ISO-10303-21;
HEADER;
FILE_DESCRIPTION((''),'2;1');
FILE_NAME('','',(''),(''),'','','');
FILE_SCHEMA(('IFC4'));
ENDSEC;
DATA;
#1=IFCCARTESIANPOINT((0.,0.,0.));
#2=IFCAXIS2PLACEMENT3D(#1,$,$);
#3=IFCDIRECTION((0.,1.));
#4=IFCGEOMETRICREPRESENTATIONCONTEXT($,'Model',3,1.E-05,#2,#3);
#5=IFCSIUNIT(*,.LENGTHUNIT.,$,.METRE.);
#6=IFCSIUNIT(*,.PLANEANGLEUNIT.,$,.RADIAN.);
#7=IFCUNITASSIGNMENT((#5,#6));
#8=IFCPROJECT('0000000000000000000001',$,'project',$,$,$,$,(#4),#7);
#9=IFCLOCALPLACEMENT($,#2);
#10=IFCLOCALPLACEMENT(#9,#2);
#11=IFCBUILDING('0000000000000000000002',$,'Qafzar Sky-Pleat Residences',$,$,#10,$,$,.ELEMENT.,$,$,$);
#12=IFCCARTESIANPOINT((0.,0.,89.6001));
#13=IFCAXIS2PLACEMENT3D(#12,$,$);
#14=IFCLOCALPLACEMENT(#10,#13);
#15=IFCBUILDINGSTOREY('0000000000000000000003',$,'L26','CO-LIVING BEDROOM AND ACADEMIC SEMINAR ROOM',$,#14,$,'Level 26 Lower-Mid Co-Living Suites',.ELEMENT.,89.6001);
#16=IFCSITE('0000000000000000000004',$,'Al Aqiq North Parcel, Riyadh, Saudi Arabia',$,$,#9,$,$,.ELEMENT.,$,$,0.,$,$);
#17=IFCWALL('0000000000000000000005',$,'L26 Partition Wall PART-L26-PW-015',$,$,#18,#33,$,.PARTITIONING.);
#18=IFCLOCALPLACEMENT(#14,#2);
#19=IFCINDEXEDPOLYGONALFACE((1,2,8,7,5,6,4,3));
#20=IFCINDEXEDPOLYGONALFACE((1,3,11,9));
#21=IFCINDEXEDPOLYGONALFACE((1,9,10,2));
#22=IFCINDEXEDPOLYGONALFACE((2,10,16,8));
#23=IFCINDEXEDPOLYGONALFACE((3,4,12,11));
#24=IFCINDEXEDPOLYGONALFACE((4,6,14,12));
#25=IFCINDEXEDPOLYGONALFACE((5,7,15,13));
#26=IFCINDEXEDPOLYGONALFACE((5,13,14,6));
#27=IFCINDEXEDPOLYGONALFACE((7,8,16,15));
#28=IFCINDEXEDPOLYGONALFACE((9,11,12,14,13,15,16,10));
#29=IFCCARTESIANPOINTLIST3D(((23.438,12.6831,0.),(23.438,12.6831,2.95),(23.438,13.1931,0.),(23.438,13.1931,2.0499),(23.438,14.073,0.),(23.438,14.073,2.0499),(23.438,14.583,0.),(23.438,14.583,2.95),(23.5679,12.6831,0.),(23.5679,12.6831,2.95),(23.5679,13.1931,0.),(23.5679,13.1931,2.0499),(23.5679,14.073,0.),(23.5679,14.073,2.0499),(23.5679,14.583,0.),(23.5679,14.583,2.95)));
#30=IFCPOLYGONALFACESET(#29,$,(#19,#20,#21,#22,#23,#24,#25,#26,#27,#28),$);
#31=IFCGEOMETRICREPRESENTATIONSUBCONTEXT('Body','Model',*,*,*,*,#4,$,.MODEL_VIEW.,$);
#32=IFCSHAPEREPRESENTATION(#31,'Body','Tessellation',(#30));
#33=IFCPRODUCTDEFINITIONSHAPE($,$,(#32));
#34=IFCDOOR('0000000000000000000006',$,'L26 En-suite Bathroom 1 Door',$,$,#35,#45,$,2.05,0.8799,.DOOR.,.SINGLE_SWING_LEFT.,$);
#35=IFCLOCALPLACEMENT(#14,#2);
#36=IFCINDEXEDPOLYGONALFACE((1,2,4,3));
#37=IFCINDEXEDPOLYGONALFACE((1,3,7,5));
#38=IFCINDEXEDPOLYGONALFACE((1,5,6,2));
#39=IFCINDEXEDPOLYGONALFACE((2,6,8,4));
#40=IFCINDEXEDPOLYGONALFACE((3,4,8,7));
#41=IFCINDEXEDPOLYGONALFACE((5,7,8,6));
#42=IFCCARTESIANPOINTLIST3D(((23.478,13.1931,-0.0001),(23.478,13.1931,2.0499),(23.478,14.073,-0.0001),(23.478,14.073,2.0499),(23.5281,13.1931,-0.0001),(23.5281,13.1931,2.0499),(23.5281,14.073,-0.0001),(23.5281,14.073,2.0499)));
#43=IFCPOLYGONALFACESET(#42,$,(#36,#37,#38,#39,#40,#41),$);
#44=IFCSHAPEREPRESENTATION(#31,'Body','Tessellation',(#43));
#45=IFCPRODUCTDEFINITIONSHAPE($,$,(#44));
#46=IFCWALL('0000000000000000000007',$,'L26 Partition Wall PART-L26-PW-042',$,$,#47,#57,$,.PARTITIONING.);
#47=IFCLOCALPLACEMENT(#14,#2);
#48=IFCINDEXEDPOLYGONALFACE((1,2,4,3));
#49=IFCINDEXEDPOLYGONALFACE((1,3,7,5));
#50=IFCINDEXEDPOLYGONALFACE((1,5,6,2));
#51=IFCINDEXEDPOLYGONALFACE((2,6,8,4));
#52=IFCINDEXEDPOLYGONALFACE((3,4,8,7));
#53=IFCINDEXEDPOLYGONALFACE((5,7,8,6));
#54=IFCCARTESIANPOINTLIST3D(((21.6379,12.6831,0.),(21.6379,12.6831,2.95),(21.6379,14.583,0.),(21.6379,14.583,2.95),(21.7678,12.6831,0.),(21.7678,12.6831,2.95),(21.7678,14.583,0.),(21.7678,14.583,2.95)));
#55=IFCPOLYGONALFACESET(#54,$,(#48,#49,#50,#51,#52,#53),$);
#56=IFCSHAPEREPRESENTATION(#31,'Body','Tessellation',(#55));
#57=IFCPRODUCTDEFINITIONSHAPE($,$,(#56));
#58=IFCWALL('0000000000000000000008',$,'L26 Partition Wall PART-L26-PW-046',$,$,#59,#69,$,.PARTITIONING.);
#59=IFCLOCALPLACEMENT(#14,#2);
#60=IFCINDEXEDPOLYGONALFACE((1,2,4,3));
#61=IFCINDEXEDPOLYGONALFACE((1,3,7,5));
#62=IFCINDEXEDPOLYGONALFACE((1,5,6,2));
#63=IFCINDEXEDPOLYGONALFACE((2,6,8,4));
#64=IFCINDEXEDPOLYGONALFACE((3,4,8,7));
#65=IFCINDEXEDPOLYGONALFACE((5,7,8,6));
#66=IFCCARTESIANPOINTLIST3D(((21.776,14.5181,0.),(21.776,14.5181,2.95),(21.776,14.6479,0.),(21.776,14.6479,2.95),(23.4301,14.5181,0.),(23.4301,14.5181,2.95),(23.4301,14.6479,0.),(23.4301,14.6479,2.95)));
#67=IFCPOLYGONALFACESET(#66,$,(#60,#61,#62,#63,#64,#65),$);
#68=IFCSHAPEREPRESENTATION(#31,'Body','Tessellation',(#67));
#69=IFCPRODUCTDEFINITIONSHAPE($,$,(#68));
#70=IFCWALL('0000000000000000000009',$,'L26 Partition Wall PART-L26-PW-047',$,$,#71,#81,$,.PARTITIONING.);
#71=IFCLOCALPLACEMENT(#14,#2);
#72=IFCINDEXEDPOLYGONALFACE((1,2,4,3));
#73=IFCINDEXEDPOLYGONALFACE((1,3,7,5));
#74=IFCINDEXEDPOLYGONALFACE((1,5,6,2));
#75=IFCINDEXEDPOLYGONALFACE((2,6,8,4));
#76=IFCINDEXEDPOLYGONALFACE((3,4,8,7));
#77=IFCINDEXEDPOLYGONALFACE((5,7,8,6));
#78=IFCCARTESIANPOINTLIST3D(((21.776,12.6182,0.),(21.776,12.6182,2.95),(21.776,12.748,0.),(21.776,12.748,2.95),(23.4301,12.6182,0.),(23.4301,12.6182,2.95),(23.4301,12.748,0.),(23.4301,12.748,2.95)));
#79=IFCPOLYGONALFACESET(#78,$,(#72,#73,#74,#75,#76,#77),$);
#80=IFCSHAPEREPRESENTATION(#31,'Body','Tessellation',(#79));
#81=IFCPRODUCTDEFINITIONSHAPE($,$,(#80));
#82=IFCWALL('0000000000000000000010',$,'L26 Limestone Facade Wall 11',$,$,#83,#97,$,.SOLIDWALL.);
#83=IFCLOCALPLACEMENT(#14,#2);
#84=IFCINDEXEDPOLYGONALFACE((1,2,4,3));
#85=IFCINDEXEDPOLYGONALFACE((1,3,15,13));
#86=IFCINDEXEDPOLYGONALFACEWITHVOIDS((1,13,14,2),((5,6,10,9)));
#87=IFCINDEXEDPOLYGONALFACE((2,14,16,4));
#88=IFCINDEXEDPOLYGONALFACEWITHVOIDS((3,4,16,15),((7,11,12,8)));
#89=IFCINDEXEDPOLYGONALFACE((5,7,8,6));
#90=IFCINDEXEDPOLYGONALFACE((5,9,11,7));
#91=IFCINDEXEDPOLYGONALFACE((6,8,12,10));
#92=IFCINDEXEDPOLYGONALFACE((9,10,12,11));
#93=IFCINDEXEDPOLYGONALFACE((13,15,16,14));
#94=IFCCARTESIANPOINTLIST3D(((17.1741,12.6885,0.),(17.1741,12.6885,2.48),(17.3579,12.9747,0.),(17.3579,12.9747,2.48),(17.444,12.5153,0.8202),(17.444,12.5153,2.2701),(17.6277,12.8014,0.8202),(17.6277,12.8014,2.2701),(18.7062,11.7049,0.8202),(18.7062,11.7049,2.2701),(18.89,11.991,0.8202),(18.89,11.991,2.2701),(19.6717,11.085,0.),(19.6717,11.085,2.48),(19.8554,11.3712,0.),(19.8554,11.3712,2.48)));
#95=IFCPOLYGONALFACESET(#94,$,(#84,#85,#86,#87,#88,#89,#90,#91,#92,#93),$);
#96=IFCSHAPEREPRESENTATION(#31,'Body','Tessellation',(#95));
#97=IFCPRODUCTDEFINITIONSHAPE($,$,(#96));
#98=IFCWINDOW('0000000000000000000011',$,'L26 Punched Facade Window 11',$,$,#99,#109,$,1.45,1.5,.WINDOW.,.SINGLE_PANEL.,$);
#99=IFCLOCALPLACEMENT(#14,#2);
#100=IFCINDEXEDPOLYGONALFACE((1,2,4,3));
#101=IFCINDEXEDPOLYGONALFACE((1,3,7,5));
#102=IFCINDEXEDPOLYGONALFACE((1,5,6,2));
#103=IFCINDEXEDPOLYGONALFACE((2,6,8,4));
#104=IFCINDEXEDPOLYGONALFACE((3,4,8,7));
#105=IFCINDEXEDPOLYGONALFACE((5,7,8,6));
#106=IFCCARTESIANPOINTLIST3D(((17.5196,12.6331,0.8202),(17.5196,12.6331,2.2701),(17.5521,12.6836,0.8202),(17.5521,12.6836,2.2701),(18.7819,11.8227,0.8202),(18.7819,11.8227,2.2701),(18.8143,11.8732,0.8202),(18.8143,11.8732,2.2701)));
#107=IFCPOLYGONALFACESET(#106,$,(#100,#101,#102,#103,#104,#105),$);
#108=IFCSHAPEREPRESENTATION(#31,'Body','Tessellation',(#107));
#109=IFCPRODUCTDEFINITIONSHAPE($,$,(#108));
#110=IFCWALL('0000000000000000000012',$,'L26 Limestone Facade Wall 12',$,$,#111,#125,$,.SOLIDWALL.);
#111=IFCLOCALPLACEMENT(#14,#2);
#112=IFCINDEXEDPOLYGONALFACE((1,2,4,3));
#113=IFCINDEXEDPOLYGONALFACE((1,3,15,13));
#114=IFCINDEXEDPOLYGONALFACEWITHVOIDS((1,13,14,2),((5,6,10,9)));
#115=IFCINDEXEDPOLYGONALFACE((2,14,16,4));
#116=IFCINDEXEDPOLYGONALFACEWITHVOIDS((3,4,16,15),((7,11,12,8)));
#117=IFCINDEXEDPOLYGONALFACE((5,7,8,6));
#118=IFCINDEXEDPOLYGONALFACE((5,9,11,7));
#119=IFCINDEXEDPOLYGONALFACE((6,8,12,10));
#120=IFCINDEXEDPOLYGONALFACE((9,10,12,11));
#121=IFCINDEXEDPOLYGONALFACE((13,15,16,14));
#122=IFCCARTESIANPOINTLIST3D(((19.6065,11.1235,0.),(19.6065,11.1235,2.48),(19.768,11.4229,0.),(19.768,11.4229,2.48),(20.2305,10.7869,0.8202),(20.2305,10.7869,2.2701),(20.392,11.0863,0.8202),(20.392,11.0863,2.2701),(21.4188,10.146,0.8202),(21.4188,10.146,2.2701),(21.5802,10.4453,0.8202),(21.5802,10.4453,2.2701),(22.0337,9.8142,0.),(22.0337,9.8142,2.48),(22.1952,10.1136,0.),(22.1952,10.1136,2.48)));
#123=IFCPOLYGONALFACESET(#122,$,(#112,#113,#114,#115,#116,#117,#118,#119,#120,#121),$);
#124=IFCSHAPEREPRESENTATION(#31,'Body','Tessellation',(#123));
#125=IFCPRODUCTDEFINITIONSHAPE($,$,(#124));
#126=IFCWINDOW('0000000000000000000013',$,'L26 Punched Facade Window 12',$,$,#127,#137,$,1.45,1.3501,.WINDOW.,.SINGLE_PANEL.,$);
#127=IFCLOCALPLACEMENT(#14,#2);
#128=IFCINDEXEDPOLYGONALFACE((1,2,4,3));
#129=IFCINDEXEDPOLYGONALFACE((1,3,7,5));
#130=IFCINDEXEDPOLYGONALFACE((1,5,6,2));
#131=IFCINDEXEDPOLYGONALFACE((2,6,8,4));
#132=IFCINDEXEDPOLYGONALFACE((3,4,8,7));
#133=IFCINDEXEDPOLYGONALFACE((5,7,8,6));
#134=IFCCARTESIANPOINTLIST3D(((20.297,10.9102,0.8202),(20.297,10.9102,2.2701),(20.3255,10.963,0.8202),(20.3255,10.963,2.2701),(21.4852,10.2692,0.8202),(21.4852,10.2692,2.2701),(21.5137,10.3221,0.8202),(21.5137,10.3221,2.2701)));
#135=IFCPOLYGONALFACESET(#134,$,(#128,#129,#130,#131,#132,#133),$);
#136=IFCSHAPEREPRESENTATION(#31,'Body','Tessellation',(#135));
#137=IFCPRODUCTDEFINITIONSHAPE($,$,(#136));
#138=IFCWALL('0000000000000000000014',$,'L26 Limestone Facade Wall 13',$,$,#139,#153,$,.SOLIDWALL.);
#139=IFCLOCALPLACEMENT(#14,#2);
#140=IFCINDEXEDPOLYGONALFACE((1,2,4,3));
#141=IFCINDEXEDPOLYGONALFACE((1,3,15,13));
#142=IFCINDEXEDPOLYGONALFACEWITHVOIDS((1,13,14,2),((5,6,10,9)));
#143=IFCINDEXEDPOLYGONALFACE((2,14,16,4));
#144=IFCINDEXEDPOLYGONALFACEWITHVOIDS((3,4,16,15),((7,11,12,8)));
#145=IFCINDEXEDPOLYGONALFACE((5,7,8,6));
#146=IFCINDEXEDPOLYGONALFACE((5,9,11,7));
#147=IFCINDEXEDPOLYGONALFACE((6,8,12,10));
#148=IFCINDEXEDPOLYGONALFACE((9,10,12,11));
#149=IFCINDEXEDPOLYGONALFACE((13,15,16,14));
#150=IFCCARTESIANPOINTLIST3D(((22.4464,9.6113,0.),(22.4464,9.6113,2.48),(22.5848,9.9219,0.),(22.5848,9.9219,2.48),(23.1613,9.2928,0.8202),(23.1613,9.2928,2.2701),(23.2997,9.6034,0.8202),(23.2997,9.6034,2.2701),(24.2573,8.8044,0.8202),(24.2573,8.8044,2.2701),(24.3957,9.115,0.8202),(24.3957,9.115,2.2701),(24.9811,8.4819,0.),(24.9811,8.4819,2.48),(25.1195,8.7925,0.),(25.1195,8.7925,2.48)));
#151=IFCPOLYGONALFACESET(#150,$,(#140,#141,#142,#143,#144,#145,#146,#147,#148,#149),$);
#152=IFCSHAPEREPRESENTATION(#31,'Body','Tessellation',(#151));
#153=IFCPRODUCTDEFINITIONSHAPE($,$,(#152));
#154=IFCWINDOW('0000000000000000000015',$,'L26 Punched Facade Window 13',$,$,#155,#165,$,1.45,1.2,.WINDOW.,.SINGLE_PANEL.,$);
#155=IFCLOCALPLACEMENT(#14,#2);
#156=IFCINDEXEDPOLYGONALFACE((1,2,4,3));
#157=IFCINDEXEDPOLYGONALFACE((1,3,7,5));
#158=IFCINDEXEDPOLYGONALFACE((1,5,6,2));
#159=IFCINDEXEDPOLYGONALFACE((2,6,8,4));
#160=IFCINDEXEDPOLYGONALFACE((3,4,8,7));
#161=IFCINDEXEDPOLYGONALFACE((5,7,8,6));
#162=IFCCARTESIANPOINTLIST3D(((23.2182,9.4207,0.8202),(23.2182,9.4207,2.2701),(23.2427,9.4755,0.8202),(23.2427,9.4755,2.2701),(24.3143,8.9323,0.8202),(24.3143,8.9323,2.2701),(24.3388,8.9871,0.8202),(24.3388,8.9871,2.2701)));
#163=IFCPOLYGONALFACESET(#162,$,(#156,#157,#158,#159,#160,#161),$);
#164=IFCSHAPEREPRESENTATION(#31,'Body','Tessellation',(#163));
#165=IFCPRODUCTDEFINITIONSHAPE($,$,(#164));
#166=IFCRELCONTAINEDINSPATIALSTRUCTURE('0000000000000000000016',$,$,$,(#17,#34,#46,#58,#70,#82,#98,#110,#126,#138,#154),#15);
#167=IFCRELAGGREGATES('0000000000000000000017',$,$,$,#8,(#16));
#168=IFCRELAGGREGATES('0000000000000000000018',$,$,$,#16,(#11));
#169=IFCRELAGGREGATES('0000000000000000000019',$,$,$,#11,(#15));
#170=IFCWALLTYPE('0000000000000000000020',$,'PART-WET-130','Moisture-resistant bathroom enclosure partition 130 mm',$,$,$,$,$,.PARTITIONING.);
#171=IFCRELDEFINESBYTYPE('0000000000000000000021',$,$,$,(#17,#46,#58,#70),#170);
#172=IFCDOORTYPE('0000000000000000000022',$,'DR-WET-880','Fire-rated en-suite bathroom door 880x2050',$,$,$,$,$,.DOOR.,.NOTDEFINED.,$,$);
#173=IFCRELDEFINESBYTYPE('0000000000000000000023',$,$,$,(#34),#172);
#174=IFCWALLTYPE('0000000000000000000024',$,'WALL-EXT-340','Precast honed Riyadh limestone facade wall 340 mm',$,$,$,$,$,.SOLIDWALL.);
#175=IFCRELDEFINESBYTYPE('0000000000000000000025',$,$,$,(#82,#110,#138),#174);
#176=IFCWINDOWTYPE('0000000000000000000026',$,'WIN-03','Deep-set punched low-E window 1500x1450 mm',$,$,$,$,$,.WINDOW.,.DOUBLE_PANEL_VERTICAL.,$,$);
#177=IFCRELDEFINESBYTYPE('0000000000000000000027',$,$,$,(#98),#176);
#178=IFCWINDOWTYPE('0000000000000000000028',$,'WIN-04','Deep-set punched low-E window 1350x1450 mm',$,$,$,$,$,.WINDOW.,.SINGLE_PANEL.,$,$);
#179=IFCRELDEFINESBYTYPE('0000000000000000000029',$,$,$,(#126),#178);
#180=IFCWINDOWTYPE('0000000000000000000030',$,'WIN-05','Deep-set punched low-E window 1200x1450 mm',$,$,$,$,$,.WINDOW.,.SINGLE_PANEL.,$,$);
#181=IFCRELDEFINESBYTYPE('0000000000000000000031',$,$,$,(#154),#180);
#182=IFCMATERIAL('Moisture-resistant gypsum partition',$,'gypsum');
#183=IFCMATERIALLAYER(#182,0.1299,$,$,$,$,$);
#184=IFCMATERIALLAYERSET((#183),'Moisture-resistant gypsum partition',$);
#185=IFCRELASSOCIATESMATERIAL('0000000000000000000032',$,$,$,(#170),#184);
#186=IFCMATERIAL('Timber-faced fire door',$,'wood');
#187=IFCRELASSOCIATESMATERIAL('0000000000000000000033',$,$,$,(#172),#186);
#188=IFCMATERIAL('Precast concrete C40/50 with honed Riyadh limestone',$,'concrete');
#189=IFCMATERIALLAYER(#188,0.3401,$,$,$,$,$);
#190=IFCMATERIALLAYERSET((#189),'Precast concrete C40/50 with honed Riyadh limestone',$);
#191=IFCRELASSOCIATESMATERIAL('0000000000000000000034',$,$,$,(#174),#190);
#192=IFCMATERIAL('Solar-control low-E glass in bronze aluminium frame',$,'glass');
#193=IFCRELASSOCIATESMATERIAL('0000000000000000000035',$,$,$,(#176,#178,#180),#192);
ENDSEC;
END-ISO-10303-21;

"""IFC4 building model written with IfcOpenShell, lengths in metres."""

from ifc_helpers import new_model, si_unit, direction, frame, frame_2d, origin, place, context, subcontext, project, spatial, rectangle, extrude, source, transform, mapped, material, layer, layer_set, type_object, element, fill, save


model = new_model("IFC4")

# Units and contexts
model_context = context("Model", 3, precision=1e-05, world=origin(), true_north=direction((0.0, 1.0)))
body_context = subcontext(model_context, "Body", "Model", "MODEL_VIEW")
ifc_project = project(units=[si_unit("LENGTHUNIT", "METRE"), si_unit("PLANEANGLEUNIT", "RADIAN")], contexts=[model_context])

# Site, building, storey
site_placement = place(None, origin())
site = spatial("IfcSite", under=ifc_project, at=site_placement, Name="Al Aqiq North Parcel, Riyadh, Saudi Arabia", CompositionType="ELEMENT", RefElevation=0.0)
building_placement = place(site_placement, origin())
building = spatial("IfcBuilding", under=site, at=building_placement, Name="Qafzar Sky-Pleat Residences", CompositionType="ELEMENT")
storey_placement = place(building_placement, frame((0.0, 0.0, 89.6001)))
storey = spatial("IfcBuildingStorey", under=building, at=storey_placement, Name="L26", Description="CO-LIVING BEDROOM AND ACADEMIC SEMINAR ROOM", LongName="Level 26 Lower-Mid Co-Living Suites", CompositionType="ELEMENT", Elevation=89.6001)

# Wall, opening, door
ifc_material_1 = material(Name="Moisture-resistant gypsum partition", Category="gypsum")
ifc_layer_1 = layer(ifc_material_1, 0.1299)
ifc_layer_set_1 = layer_set([ifc_layer_1], Name="Moisture-resistant gypsum partition")
wall_type_1 = type_object("IfcWallType", Name="PART-WET-130", Description="Moisture-resistant bathroom enclosure partition 130 mm", PredefinedType="PARTITIONING", material=ifc_layer_set_1)
wall_1_placement = place(storey_placement, frame((23.5029, 12.6831, 0.0), z_axis=(0.0, 0.0, 1.0), x_axis=(0.0, 1.0, 0.0)))
wall_1 = element("IfcWall", 1, at=wall_1_placement, inside=storey, type_object=wall_type_1, Name="L26 Partition Wall PART-L26-PW-015", PredefinedType="PARTITIONING", context=body_context, shape_type="SweptSolid", body=[
    extrude(rectangle(XDim=1.8999, YDim=0.1299, at=frame_2d((0.95, 0.0))), origin(), (0.0, 0.0, 1.0), 2.95),
])
opening_1_placement = place(wall_1_placement, frame((0.51, 0.0, 0.0)))
opening_1 = element("IfcOpeningElement", 2, at=opening_1_placement, cuts=wall_1, PredefinedType="OPENING", context=body_context, shape_type="SweptSolid", body=[
    extrude(rectangle(XDim=0.8799, YDim=2.05, at=frame_2d((0.4399, 1.0249))), frame((0.0, 0.075, 0.0), z_axis=(0.0, -1.0, 0.0), x_axis=(1.0, 0.0, 0.0)), (0.0, 0.0, 1.0), 0.1499),
])
ifc_material_2 = material(Name="Timber-faced fire door", Category="wood")
door_type = type_object("IfcDoorType", Name="DR-WET-880", Description="Fire-rated en-suite bathroom door 880x2050", OperationType="NOTDEFINED", PredefinedType="DOOR", material=ifc_material_2)
shared_shape_1 = source(origin(), body_context, "Body", "SweptSolid", [
    extrude(rectangle(XDim=0.8799, YDim=2.05, at=frame_2d((0.4399, 1.0249))), frame((0.0, 0.0249, 0.0), z_axis=(0.0, -1.0, 0.0), x_axis=(1.0, 0.0, 0.0)), (0.0, 0.0, 1.0), 0.05),
])
door_placement = place(opening_1_placement, origin())
door = element("IfcDoor", 3, at=door_placement, inside=storey, type_object=door_type, Name="L26 En-suite Bathroom 1 Door", OperationType="SINGLE_SWING_LEFT", OverallHeight=2.05, OverallWidth=0.8799, PredefinedType="DOOR", context=body_context, shape_type="MappedRepresentation", body=[
    mapped(shared_shape_1, transform((0.0, 0.0, 0.0), x_axis=(1.0, 0.0, 0.0), y_axis=(0.0, 1.0, 0.0), z_axis=(0.0, 0.0, 1.0), scale=1.0)),
])
fill(opening_1, door)

# Walls
wall_2_placement = place(storey_placement, frame((21.7029, 12.6831, 0.0), z_axis=(0.0, 0.0, 1.0), x_axis=(0.0, 1.0, 0.0)))
element("IfcWall", 4, at=wall_2_placement, inside=storey, type_object=wall_type_1, Name="L26 Partition Wall PART-L26-PW-042", PredefinedType="PARTITIONING", context=body_context, shape_type="SweptSolid", body=[
    extrude(rectangle(XDim=1.8999, YDim=0.1299, at=frame_2d((0.95, 0.0))), origin(), (0.0, 0.0, 1.0), 2.95),
])
for number, where, z_axis, x_axis, name in (
    (5, (21.7759, 14.583, 0.0), (0.0, 0.0, 1.0), (1.0, 0.0, 0.0), "L26 Partition Wall PART-L26-PW-046"),
    (6, (21.7759, 12.6831, 0.0), (0.0, 0.0, 1.0), (1.0, 0.0, 0.0), "L26 Partition Wall PART-L26-PW-047"),
):
    element("IfcWall", number, at=place(storey_placement, frame(where, z_axis=z_axis, x_axis=x_axis)), inside=storey, type_object=wall_type_1, Name=name, PredefinedType="PARTITIONING", context=body_context, shape_type="SweptSolid", body=[
        extrude(rectangle(XDim=1.6541, YDim=0.1299, at=frame_2d((0.8271, 0.0))), origin(), (0.0, 0.0, 1.0), 2.95),
    ])

# Walls, openings, windows
ifc_material_3 = material(Name="Precast concrete C40/50 with honed Riyadh limestone", Category="concrete")
ifc_layer_2 = layer(ifc_material_3, 0.3401)
ifc_layer_set_2 = layer_set([ifc_layer_2], Name="Precast concrete C40/50 with honed Riyadh limestone")
wall_type_2 = type_object("IfcWallType", Name="WALL-EXT-340", Description="Precast honed Riyadh limestone facade wall 340 mm", PredefinedType="SOLIDWALL", material=ifc_layer_set_2)
wall_3_placement = place(storey_placement, frame((17.2661, 12.8315, 0.0), z_axis=(0.0, 0.0, 1.0), x_axis=(0.841494, -0.540267, 0.0)))
wall_3 = element("IfcWall", 7, at=wall_3_placement, inside=storey, type_object=wall_type_2, Name="L26 Limestone Facade Wall 11", PredefinedType="SOLIDWALL", context=body_context, shape_type="SweptSolid", body=[
    extrude(rectangle(XDim=2.968, YDim=0.3401, at=frame_2d((1.4839, 0.0))), origin(), (0.0, 0.0, 1.0), 2.48),
])
opening_2_placement = place(wall_3_placement, frame((0.3206, 0.0, 0.8201)))
opening_2 = element("IfcOpeningElement", 8, at=opening_2_placement, cuts=wall_3, PredefinedType="OPENING", context=body_context, shape_type="SweptSolid", body=[
    extrude(rectangle(XDim=1.5, YDim=1.45, at=frame_2d((0.75, 0.7251))), frame((0.0, 0.1802, 0.0), z_axis=(0.0, -1.0, 0.0), x_axis=(1.0, 0.0, 0.0)), (0.0, 0.0, 1.0), 0.3601),
])
ifc_material_4 = material(Name="Solar-control low-E glass in bronze aluminium frame", Category="glass")
window_type_1 = type_object("IfcWindowType", Name="WIN-03", Description="Deep-set punched low-E window 1500x1450 mm", PartitioningType="DOUBLE_PANEL_VERTICAL", PredefinedType="WINDOW", material=ifc_material_4)
shared_shape_2 = source(origin(), body_context, "Body", "SweptSolid", [
    extrude(rectangle(XDim=1.5, YDim=1.45, at=frame_2d((0.75, 0.7251))), frame((0.0, 0.03, 0.0), z_axis=(0.0, -1.0, 0.0), x_axis=(1.0, 0.0, 0.0)), (0.0, 0.0, 1.0), 0.0601),
])
window_1_placement = place(opening_2_placement, origin())
window_1 = element("IfcWindow", 9, at=window_1_placement, inside=storey, type_object=window_type_1, Name="L26 Punched Facade Window 11", OverallHeight=1.45, OverallWidth=1.5, PartitioningType="SINGLE_PANEL", PredefinedType="WINDOW", context=body_context, shape_type="MappedRepresentation", body=[
    mapped(shared_shape_2, transform((0.0, 0.0, 0.0), x_axis=(1.0, 0.0, 0.0), y_axis=(0.0, 1.0, 0.0), z_axis=(0.0, 0.0, 1.0), scale=1.0)),
])
fill(opening_2, window_1)
wall_4_placement = place(storey_placement, frame((19.6873, 11.2732, 0.0), z_axis=(0.0, 0.0, 1.0), x_axis=(0.880116, -0.47476, 0.0)))
wall_4 = element("IfcWall", 10, at=wall_4_placement, inside=storey, type_object=wall_type_2, Name="L26 Limestone Facade Wall 12", PredefinedType="SOLIDWALL", context=body_context, shape_type="SweptSolid", body=[
    extrude(rectangle(XDim=2.7578, YDim=0.3401, at=frame_2d((1.3789, 0.0))), origin(), (0.0, 0.0, 1.0), 2.48),
])
opening_3_placement = place(wall_4_placement, frame((0.709, 0.0, 0.8201)))
opening_3 = element("IfcOpeningElement", 11, at=opening_3_placement, cuts=wall_4, PredefinedType="OPENING", context=body_context, shape_type="SweptSolid", body=[
    extrude(rectangle(XDim=1.3501, YDim=1.45, at=frame_2d((0.675, 0.7251))), frame((0.0, 0.1802, 0.0), z_axis=(0.0, -1.0, 0.0), x_axis=(1.0, 0.0, 0.0)), (0.0, 0.0, 1.0), 0.3601),
])
window_type_2 = type_object("IfcWindowType", Name="WIN-04", Description="Deep-set punched low-E window 1350x1450 mm", PartitioningType="SINGLE_PANEL", PredefinedType="WINDOW", material=ifc_material_4)
shared_shape_3 = source(origin(), body_context, "Body", "SweptSolid", [
    extrude(rectangle(XDim=1.3501, YDim=1.45, at=frame_2d((0.675, 0.7251))), frame((0.0, 0.03, 0.0), z_axis=(0.0, -1.0, 0.0), x_axis=(1.0, 0.0, 0.0)), (0.0, 0.0, 1.0), 0.0601),
])
window_2_placement = place(opening_3_placement, origin())
window_2 = element("IfcWindow", 12, at=window_2_placement, inside=storey, type_object=window_type_2, Name="L26 Punched Facade Window 12", OverallHeight=1.45, OverallWidth=1.3501, PartitioningType="SINGLE_PANEL", PredefinedType="WINDOW", context=body_context, shape_type="MappedRepresentation", body=[
    mapped(shared_shape_3, transform((0.0, 0.0, 0.0), x_axis=(1.0, 0.0, 0.0), y_axis=(0.0, 1.0, 0.0), z_axis=(0.0, 0.0, 1.0), scale=1.0)),
])
fill(opening_3, window_2)
wall_5_placement = place(storey_placement, frame((22.5156, 9.7666, 0.0), z_axis=(0.0, 0.0, 1.0), x_axis=(0.913427, -0.407004, 0.0)))
wall_5 = element("IfcWall", 13, at=wall_5_placement, inside=storey, type_object=wall_type_2, Name="L26 Limestone Facade Wall 13", PredefinedType="SOLIDWALL", context=body_context, shape_type="SweptSolid", body=[
    extrude(rectangle(XDim=2.7749, YDim=0.3401, at=frame_2d((1.3875, 0.0))), origin(), (0.0, 0.0, 1.0), 2.48),
])
opening_4_placement = place(wall_5_placement, frame((0.7825, 0.0, 0.8201)))
opening_4 = element("IfcOpeningElement", 14, at=opening_4_placement, cuts=wall_5, PredefinedType="OPENING", context=body_context, shape_type="SweptSolid", body=[
    extrude(rectangle(XDim=1.2, YDim=1.45, at=frame_2d((0.6001, 0.7251))), frame((0.0, 0.1802, 0.0), z_axis=(0.0, -1.0, 0.0), x_axis=(1.0, 0.0, 0.0)), (0.0, 0.0, 1.0), 0.3601),
])
window_type_3 = type_object("IfcWindowType", Name="WIN-05", Description="Deep-set punched low-E window 1200x1450 mm", PartitioningType="SINGLE_PANEL", PredefinedType="WINDOW", material=ifc_material_4)
shared_shape_4 = source(origin(), body_context, "Body", "SweptSolid", [
    extrude(rectangle(XDim=1.2, YDim=1.45, at=frame_2d((0.6001, 0.7251))), frame((0.0, 0.03, 0.0), z_axis=(0.0, -1.0, 0.0), x_axis=(1.0, 0.0, 0.0)), (0.0, 0.0, 1.0), 0.0601),
])
window_3_placement = place(opening_4_placement, origin())
window_3 = element("IfcWindow", 15, at=window_3_placement, inside=storey, type_object=window_type_3, Name="L26 Punched Facade Window 13", OverallHeight=1.45, OverallWidth=1.2, PartitioningType="SINGLE_PANEL", PredefinedType="WINDOW", context=body_context, shape_type="MappedRepresentation", body=[
    mapped(shared_shape_4, transform((0.0, 0.0, 0.0), x_axis=(1.0, 0.0, 0.0), y_axis=(0.0, 1.0, 0.0), z_axis=(0.0, 0.0, 1.0), scale=1.0)),
])
fill(opening_4, window_3)

save(model, "model.ifc")
